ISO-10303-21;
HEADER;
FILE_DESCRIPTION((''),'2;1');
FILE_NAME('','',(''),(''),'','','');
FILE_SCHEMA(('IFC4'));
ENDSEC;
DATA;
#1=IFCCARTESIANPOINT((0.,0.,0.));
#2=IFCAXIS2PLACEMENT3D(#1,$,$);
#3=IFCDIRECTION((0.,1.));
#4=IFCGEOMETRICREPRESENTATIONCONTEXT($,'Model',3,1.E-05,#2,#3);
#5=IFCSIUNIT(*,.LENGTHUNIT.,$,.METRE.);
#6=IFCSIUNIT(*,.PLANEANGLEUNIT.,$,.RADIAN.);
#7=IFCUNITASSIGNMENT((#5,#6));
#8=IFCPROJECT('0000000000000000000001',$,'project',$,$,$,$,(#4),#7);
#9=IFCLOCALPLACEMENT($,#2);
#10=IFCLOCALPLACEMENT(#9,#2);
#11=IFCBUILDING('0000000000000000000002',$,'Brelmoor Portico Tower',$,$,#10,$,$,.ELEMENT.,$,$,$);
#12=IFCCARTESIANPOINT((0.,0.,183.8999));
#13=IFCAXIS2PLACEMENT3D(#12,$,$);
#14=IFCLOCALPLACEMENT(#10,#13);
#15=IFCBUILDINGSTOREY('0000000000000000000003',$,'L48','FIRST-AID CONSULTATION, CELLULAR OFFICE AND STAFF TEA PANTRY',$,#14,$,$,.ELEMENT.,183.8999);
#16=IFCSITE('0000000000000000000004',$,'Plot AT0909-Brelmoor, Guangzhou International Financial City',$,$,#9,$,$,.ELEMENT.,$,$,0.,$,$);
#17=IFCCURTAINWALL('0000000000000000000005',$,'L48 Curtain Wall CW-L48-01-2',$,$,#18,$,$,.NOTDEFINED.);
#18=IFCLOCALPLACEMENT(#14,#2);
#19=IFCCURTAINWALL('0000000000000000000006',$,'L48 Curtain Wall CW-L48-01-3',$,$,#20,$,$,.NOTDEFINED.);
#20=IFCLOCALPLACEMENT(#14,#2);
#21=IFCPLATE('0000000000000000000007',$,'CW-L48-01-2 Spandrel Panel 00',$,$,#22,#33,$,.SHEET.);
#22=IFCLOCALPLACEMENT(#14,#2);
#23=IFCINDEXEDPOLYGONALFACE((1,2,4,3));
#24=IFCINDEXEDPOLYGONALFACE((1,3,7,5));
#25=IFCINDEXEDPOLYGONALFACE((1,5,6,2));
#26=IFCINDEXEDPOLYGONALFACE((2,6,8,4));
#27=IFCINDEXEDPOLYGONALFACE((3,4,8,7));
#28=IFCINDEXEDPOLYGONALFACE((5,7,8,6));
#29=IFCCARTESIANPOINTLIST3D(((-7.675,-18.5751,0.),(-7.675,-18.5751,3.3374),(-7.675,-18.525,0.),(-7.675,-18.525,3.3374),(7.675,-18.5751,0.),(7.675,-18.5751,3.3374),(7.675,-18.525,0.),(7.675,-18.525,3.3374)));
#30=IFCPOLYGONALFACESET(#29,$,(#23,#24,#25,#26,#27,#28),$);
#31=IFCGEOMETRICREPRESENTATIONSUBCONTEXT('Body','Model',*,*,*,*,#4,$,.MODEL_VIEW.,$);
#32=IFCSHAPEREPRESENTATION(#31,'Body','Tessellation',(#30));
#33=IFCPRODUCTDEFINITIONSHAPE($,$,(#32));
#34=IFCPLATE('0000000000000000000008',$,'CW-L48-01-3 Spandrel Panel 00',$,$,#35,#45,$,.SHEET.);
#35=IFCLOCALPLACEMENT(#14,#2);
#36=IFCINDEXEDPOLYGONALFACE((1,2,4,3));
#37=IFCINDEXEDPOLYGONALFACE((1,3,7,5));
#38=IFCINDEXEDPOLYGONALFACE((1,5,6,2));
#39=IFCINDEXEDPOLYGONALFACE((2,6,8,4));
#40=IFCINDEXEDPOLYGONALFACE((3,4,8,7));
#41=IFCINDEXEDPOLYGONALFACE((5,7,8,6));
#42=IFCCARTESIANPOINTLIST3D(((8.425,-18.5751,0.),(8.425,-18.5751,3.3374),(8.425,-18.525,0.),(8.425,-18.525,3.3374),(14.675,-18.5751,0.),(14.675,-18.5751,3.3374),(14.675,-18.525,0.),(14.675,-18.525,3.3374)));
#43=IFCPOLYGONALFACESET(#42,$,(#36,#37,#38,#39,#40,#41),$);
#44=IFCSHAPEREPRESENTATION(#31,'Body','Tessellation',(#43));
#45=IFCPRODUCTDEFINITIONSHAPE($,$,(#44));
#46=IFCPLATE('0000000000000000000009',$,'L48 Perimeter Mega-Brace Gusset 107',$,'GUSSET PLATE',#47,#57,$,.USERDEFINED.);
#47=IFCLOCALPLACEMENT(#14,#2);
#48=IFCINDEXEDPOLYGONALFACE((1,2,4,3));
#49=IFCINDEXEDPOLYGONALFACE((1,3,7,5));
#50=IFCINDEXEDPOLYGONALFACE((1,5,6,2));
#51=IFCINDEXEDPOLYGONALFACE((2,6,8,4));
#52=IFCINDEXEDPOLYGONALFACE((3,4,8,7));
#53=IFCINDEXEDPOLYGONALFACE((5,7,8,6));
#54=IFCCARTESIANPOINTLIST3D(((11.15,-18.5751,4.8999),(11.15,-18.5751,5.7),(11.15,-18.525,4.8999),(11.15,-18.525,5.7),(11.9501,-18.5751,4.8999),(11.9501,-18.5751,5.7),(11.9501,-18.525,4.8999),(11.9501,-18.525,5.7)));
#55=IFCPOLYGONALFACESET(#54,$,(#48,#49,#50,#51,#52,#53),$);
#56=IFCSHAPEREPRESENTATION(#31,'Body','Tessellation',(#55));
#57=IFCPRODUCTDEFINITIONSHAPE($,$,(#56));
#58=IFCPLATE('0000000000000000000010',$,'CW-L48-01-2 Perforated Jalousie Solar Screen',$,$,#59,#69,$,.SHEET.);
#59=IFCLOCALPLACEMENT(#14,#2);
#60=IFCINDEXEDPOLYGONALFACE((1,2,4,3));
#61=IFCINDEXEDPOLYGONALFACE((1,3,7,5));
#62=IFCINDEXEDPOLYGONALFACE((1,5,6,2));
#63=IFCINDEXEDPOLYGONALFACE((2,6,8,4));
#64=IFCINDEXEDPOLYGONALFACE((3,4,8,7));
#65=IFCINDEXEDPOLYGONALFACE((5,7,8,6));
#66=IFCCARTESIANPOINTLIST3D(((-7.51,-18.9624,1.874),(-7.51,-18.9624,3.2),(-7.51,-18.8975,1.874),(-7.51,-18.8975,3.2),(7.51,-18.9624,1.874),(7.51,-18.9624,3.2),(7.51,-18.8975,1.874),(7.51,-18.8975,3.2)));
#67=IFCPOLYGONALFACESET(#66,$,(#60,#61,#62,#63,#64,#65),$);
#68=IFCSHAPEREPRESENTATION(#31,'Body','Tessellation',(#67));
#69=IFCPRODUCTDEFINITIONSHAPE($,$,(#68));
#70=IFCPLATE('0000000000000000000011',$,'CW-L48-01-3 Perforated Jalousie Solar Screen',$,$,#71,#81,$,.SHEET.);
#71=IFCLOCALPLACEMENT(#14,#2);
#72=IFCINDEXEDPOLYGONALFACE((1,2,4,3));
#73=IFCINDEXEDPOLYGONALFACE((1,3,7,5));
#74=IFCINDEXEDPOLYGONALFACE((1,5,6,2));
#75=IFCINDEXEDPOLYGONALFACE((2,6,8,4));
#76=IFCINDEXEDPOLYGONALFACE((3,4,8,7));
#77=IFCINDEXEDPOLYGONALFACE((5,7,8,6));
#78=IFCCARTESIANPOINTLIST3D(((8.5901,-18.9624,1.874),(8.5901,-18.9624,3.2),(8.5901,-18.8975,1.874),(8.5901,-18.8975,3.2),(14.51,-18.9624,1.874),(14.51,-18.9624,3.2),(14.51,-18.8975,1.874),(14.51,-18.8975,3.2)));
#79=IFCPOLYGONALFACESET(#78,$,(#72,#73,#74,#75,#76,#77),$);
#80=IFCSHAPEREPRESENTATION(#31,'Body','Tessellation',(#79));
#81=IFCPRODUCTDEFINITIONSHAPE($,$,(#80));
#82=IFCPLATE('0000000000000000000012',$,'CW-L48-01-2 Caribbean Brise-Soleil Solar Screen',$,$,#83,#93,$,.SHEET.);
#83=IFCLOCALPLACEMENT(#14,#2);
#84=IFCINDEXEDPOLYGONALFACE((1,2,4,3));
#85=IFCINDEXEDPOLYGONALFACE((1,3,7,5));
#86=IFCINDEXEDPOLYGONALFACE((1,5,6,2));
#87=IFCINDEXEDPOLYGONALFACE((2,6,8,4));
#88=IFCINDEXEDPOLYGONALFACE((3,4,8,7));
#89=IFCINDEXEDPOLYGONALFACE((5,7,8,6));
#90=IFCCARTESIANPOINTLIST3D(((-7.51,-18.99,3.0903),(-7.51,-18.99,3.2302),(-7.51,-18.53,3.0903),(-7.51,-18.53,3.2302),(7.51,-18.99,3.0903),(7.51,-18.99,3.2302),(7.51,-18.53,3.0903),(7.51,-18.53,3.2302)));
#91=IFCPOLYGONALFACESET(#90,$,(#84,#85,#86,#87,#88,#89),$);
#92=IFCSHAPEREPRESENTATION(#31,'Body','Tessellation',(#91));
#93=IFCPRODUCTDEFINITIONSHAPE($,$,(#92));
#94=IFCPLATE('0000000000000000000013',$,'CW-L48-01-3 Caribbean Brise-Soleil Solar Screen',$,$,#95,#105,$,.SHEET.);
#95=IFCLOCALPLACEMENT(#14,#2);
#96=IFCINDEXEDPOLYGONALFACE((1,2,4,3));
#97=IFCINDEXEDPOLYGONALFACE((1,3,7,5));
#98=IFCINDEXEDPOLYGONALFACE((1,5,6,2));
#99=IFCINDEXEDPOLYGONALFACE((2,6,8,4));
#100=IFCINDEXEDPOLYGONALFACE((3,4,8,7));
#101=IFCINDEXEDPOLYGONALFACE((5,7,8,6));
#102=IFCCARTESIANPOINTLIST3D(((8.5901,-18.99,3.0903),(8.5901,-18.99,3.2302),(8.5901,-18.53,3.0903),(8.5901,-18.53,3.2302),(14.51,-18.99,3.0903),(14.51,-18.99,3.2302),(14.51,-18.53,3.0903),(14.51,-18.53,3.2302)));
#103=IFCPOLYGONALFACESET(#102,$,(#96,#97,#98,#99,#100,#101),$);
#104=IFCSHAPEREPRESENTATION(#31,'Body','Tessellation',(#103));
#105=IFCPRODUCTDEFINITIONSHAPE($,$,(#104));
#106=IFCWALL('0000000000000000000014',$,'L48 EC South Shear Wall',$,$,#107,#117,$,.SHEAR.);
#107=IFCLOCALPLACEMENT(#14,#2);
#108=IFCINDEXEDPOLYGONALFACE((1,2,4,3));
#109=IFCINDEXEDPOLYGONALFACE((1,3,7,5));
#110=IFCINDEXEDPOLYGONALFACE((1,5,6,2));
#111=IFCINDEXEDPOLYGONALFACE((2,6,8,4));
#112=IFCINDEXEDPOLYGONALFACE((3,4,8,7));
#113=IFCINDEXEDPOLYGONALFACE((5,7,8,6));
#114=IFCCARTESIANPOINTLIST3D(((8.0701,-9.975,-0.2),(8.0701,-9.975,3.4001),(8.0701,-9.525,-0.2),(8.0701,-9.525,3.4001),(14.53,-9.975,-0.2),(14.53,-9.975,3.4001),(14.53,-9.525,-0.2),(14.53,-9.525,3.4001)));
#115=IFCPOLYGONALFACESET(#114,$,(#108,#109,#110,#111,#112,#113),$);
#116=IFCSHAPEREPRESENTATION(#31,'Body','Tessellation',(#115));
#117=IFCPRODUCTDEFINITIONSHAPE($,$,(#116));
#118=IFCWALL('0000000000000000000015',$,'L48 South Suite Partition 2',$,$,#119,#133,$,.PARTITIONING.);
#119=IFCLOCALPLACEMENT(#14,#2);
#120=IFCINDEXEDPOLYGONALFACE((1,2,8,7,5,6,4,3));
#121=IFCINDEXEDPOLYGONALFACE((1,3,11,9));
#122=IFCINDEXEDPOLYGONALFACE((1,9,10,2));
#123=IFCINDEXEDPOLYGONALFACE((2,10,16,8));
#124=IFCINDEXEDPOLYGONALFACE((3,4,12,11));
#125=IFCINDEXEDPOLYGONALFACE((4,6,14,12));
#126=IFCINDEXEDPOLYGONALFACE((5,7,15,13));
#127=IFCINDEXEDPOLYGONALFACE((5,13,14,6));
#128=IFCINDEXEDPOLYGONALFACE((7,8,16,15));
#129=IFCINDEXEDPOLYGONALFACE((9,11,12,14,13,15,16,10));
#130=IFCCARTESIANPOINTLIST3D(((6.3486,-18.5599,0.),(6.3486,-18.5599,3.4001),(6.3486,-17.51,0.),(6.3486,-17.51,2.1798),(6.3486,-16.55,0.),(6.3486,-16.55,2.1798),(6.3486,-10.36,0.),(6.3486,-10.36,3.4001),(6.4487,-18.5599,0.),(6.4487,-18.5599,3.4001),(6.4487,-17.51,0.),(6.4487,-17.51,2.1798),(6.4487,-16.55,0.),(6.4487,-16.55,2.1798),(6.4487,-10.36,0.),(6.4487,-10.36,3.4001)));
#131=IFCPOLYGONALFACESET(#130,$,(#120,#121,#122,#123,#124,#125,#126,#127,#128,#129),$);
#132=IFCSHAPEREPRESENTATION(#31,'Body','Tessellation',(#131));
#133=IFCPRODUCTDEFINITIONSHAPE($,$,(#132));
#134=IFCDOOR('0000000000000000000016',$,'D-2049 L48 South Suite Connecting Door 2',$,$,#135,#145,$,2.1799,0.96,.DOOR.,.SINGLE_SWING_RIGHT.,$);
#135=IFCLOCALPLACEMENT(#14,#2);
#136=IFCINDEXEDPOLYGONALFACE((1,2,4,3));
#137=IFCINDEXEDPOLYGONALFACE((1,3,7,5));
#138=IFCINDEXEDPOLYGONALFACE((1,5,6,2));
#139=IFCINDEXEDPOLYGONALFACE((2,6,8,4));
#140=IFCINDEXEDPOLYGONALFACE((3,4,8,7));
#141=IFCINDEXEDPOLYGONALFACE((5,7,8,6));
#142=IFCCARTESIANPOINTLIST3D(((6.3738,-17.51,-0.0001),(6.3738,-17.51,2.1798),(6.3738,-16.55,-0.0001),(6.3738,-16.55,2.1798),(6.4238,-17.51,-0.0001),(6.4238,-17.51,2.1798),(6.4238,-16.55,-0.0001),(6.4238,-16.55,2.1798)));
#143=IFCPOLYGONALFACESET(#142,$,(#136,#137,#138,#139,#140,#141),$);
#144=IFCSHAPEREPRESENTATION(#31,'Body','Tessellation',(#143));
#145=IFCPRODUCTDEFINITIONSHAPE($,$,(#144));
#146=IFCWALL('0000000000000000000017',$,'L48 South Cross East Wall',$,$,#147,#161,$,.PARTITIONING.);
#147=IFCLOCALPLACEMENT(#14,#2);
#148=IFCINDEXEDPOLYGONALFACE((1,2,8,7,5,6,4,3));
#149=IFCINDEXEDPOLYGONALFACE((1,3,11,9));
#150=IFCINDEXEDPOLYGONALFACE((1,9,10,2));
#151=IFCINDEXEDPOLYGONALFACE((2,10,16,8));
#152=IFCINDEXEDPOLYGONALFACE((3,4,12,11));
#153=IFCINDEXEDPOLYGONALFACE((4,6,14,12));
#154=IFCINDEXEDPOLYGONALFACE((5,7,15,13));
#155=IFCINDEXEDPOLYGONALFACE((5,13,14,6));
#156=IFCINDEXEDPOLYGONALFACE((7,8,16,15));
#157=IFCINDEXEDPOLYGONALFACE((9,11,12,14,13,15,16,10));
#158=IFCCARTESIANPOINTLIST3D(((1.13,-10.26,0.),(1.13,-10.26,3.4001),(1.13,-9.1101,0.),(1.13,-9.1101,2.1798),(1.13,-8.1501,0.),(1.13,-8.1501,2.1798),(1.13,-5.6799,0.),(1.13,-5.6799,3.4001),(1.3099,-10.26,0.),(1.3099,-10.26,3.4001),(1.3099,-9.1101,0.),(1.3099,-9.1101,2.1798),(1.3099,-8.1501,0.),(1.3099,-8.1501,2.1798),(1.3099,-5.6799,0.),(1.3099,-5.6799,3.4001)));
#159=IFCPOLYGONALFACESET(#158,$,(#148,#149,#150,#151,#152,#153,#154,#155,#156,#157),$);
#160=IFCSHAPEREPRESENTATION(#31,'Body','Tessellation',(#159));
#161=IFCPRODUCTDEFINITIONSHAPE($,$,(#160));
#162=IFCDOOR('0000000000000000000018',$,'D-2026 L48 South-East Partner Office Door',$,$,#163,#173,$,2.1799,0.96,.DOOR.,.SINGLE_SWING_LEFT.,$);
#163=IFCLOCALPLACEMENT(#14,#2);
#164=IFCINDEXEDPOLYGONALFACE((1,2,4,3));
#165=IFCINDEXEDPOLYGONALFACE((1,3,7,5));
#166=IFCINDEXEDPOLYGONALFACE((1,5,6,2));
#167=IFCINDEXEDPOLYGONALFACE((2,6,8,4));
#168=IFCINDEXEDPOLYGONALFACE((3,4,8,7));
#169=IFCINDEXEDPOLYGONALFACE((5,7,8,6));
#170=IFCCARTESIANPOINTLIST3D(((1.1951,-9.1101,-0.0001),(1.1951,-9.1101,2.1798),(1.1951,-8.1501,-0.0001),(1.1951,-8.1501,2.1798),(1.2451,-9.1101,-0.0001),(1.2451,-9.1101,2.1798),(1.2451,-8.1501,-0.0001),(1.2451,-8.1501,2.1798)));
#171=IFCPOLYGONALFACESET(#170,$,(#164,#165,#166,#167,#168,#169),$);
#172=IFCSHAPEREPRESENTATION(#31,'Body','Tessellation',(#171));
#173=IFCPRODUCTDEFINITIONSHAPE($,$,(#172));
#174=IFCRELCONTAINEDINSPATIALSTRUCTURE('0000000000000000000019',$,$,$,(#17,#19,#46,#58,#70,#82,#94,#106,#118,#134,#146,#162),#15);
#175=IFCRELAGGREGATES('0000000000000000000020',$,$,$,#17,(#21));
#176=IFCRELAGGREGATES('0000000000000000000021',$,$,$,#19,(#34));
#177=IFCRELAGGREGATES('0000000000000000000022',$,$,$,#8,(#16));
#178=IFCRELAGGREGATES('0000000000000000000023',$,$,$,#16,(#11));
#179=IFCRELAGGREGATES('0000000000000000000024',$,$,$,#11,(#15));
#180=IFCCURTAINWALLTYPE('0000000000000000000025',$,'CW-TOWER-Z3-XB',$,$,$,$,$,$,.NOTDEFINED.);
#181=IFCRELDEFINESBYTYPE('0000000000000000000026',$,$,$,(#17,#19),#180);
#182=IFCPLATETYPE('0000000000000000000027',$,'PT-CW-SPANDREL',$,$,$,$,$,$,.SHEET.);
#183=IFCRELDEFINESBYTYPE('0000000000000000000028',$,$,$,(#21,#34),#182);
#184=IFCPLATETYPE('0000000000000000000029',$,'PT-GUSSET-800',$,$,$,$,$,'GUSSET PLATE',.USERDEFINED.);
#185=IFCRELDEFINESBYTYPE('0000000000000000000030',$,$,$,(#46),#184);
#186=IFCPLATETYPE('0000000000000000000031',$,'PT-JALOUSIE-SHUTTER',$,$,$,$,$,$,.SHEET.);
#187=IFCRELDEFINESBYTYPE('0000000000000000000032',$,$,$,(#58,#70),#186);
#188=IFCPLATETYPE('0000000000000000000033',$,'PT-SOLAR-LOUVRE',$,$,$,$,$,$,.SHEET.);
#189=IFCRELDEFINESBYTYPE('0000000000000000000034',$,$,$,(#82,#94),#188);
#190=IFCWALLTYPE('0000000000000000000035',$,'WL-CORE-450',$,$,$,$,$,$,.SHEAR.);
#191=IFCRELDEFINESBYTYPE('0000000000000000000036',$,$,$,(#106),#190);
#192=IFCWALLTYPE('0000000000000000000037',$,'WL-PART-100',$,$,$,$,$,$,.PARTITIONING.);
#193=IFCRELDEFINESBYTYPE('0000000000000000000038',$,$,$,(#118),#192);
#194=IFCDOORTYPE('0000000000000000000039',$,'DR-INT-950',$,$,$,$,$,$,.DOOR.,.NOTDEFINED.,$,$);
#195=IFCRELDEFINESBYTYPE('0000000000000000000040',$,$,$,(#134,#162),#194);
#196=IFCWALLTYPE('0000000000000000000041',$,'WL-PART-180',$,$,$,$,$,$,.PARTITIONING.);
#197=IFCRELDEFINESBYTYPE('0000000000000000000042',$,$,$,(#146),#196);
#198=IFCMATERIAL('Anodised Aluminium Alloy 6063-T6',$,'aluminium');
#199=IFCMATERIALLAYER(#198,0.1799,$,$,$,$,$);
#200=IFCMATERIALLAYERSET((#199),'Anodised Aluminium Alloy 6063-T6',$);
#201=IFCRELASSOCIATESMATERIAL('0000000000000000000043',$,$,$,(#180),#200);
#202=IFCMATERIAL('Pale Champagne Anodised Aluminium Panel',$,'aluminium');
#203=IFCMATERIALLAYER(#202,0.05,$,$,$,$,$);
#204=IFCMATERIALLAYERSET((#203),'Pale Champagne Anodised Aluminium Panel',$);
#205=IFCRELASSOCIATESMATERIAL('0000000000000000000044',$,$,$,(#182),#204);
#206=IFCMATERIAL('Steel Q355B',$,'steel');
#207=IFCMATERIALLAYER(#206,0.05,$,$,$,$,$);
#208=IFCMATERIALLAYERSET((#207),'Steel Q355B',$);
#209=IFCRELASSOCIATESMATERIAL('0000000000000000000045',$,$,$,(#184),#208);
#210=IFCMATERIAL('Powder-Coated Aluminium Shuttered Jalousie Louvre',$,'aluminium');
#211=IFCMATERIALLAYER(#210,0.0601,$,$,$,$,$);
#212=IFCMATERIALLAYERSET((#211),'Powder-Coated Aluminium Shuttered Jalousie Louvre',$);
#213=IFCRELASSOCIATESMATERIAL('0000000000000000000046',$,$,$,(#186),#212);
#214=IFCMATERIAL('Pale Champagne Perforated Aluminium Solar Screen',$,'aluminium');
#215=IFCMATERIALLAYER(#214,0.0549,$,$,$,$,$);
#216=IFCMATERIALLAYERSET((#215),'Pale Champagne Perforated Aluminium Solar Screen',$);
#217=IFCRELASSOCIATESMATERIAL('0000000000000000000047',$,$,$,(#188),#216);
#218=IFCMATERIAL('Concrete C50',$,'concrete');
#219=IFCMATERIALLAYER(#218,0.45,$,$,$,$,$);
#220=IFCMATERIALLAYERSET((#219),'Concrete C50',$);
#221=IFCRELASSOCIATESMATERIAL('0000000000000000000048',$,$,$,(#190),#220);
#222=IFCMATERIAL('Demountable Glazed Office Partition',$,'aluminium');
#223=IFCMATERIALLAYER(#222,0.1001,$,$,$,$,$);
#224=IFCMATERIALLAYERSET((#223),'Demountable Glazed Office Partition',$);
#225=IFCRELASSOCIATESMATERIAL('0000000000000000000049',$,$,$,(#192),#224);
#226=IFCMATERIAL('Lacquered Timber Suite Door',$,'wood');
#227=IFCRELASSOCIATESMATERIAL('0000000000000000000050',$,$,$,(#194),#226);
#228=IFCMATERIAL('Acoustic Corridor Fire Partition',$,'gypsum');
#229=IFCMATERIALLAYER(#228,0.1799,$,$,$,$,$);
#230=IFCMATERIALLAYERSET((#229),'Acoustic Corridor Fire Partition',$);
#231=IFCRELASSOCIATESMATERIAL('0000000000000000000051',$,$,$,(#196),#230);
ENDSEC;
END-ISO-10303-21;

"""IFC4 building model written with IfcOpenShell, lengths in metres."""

from ifc_helpers import new_model, si_unit, direction, frame, frame_2d, origin, origin_2d, place, context, subcontext, project, spatial, rectangle, extrude, material, layer, layer_set, type_object, element, fill, aggregate, save


model = new_model("IFC4")

# Units and contexts
model_context = context("Model", 3, precision=1e-05, world=origin(), true_north=direction((0.0, 1.0)))
body_context = subcontext(model_context, "Body", "Model", "MODEL_VIEW")
ifc_project = project(units=[si_unit("LENGTHUNIT", "METRE"), si_unit("PLANEANGLEUNIT", "RADIAN")], contexts=[model_context])

# Site, building, storey
site_placement = place(None, origin())
site = spatial("IfcSite", under=ifc_project, at=site_placement, Name="Plot AT0909-Brelmoor, Guangzhou International Financial City", CompositionType="ELEMENT", RefElevation=0.0)
building_placement = place(site_placement, origin())
building = spatial("IfcBuilding", under=site, at=building_placement, Name="Brelmoor Portico Tower", CompositionType="ELEMENT")
storey_placement = place(building_placement, frame((0.0, 0.0, 183.8999)))
storey = spatial("IfcBuildingStorey", under=building, at=storey_placement, Name="L48", Description="FIRST-AID CONSULTATION, CELLULAR OFFICE AND STAFF TEA PANTRY", CompositionType="ELEMENT", Elevation=183.8999)

# Shared definitions
ifc_material_1 = material(Name="Steel Q355B", Category="steel")

# Curtain wall
ifc_material_2 = material(Name="Anodised Aluminium Alloy 6063-T6", Category="aluminium")
ifc_layer_1 = layer(ifc_material_2, 0.1799)
ifc_layer_set_1 = layer_set([ifc_layer_1], Name="Anodised Aluminium Alloy 6063-T6")
curtain_wall_type = type_object("IfcCurtainWallType", Name="CW-TOWER-Z3-XB", PredefinedType="NOTDEFINED", material=ifc_layer_set_1)
curtain_wall_1_placement = place(storey_placement, origin())
curtain_wall_1 = element("IfcCurtainWall", 1, at=curtain_wall_1_placement, inside=storey, type_object=curtain_wall_type, Name="L48 Curtain Wall CW-L48-01-2", PredefinedType="NOTDEFINED")

# Curtain wall
curtain_wall_2_placement = place(storey_placement, origin())
curtain_wall_2 = element("IfcCurtainWall", 2, at=curtain_wall_2_placement, inside=storey, type_object=curtain_wall_type, Name="L48 Curtain Wall CW-L48-01-3", PredefinedType="NOTDEFINED")

# Plates
ifc_material_3 = material(Name="Pale Champagne Anodised Aluminium Panel", Category="aluminium")
ifc_layer_2 = layer(ifc_material_3, 0.05)
ifc_layer_set_2 = layer_set([ifc_layer_2], Name="Pale Champagne Anodised Aluminium Panel")
plate_type_1 = type_object("IfcPlateType", Name="PT-CW-SPANDREL", PredefinedType="SHEET", material=ifc_layer_set_2)
plate_1_placement = place(storey_placement, frame((0.0, -18.55, 0.0), z_axis=(0.0, 0.0, 1.0), x_axis=(1.0, 0.0, 0.0)))
plate_1 = element("IfcPlate", 3, at=plate_1_placement, type_object=plate_type_1, Name="CW-L48-01-2 Spandrel Panel 00", PredefinedType="SHEET", context=body_context, shape_type="SweptSolid", body=[
    extrude(rectangle(XDim=15.3501, YDim=0.05, at=origin_2d()), origin(), (0.0, 0.0, 1.0), 3.3374),
])
aggregate(curtain_wall_1, [plate_1])
plate_2_placement = place(storey_placement, frame((11.55, -18.55, 0.0), z_axis=(0.0, 0.0, 1.0), x_axis=(1.0, 0.0, 0.0)))
plate_2 = element("IfcPlate", 4, at=plate_2_placement, type_object=plate_type_1, Name="CW-L48-01-3 Spandrel Panel 00", PredefinedType="SHEET", context=body_context, shape_type="SweptSolid", body=[
    extrude(rectangle(XDim=6.25, YDim=0.05, at=origin_2d()), origin(), (0.0, 0.0, 1.0), 3.3374),
])
aggregate(curtain_wall_2, [plate_2])

# Plates
ifc_layer_3 = layer(ifc_material_1, 0.05)
ifc_layer_set_3 = layer_set([ifc_layer_3], Name="Steel Q355B")
plate_type_2 = type_object("IfcPlateType", Name="PT-GUSSET-800", ElementType="GUSSET PLATE", PredefinedType="USERDEFINED", material=ifc_layer_set_3)
plate_3_placement = place(storey_placement, frame((11.55, -18.55, 4.8999), z_axis=(0.0, 0.0, 1.0), x_axis=(1.0, 0.0, 0.0)))
element("IfcPlate", 5, at=plate_3_placement, inside=storey, type_object=plate_type_2, Name="L48 Perimeter Mega-Brace Gusset 107", ObjectType="GUSSET PLATE", PredefinedType="USERDEFINED", context=body_context, shape_type="SweptSolid", body=[
    extrude(rectangle(XDim=0.8, YDim=0.05, at=origin_2d()), origin(), (0.0, 0.0, 1.0), 0.8),
])
ifc_material_4 = material(Name="Powder-Coated Aluminium Shuttered Jalousie Louvre", Category="aluminium")
ifc_layer_4 = layer(ifc_material_4, 0.0601)
ifc_layer_set_4 = layer_set([ifc_layer_4], Name="Powder-Coated Aluminium Shuttered Jalousie Louvre")
plate_type_3 = type_object("IfcPlateType", Name="PT-JALOUSIE-SHUTTER", PredefinedType="SHEET", material=ifc_layer_set_4)
plate_4_placement = place(storey_placement, frame((0.0, -18.9299, 1.874), z_axis=(0.0, 0.0, 1.0), x_axis=(1.0, 0.0, 0.0)))
element("IfcPlate", 6, at=plate_4_placement, inside=storey, type_object=plate_type_3, Name="CW-L48-01-2 Perforated Jalousie Solar Screen", PredefinedType="SHEET", context=body_context, shape_type="SweptSolid", body=[
    extrude(rectangle(XDim=15.02, YDim=0.0649, at=origin_2d()), origin(), (0.0, 0.0, 1.0), 1.3259),
])
plate_5_placement = place(storey_placement, frame((11.55, -18.9299, 1.874), z_axis=(0.0, 0.0, 1.0), x_axis=(1.0, 0.0, 0.0)))
element("IfcPlate", 7, at=plate_5_placement, inside=storey, type_object=plate_type_3, Name="CW-L48-01-3 Perforated Jalousie Solar Screen", PredefinedType="SHEET", context=body_context, shape_type="SweptSolid", body=[
    extrude(rectangle(XDim=5.9199, YDim=0.0649, at=origin_2d()), origin(), (0.0, 0.0, 1.0), 1.3259),
])
ifc_material_5 = material(Name="Pale Champagne Perforated Aluminium Solar Screen", Category="aluminium")
ifc_layer_5 = layer(ifc_material_5, 0.0549)
ifc_layer_set_5 = layer_set([ifc_layer_5], Name="Pale Champagne Perforated Aluminium Solar Screen")
plate_type_4 = type_object("IfcPlateType", Name="PT-SOLAR-LOUVRE", PredefinedType="SHEET", material=ifc_layer_set_5)
plate_6_placement = place(storey_placement, frame((0.0, -18.76, 3.0903), z_axis=(0.0, 0.0, 1.0), x_axis=(1.0, 0.0, 0.0)))
element("IfcPlate", 8, at=plate_6_placement, inside=storey, type_object=plate_type_4, Name="CW-L48-01-2 Caribbean Brise-Soleil Solar Screen", PredefinedType="SHEET", context=body_context, shape_type="SweptSolid", body=[
    extrude(rectangle(XDim=15.02, YDim=0.46, at=origin_2d()), origin(), (0.0, 0.0, 1.0), 0.1399),
])
plate_7_placement = place(storey_placement, frame((11.55, -18.76, 3.0903), z_axis=(0.0, 0.0, 1.0), x_axis=(1.0, 0.0, 0.0)))
element("IfcPlate", 9, at=plate_7_placement, inside=storey, type_object=plate_type_4, Name="CW-L48-01-3 Caribbean Brise-Soleil Solar Screen", PredefinedType="SHEET", context=body_context, shape_type="SweptSolid", body=[
    extrude(rectangle(XDim=5.9199, YDim=0.46, at=origin_2d()), origin(), (0.0, 0.0, 1.0), 0.1399),
])

# Wall
ifc_material_6 = material(Name="Concrete C50", Category="concrete")
ifc_layer_6 = layer(ifc_material_6, 0.45)
ifc_layer_set_6 = layer_set([ifc_layer_6], Name="Concrete C50")
wall_type_1 = type_object("IfcWallType", Name="WL-CORE-450", PredefinedType="SHEAR", material=ifc_layer_set_6)
wall_1_placement = place(storey_placement, frame((8.0701, -9.75, -0.2), z_axis=(0.0, 0.0, 1.0), x_axis=(1.0, 0.0, 0.0)))
element("IfcWall", 10, at=wall_1_placement, inside=storey, type_object=wall_type_1, Name="L48 EC South Shear Wall", PredefinedType="SHEAR", context=body_context, shape_type="SweptSolid", body=[
    extrude(rectangle(XDim=6.46, YDim=0.45, at=frame_2d((3.23, 0.0))), origin(), (0.0, 0.0, 1.0), 3.6001),
])

# Walls, openings, doors
ifc_material_7 = material(Name="Demountable Glazed Office Partition", Category="aluminium")
ifc_layer_7 = layer(ifc_material_7, 0.1001)
ifc_layer_set_7 = layer_set([ifc_layer_7], Name="Demountable Glazed Office Partition")
wall_type_2 = type_object("IfcWallType", Name="WL-PART-100", PredefinedType="PARTITIONING", material=ifc_layer_set_7)
wall_2_placement = place(storey_placement, frame((6.3987, -18.5601, 0.0), z_axis=(0.0, 0.0, 1.0), x_axis=(0.0, 1.0, 0.0)))
wall_2 = element("IfcWall", 11, at=wall_2_placement, inside=storey, type_object=wall_type_2, Name="L48 South Suite Partition 2", PredefinedType="PARTITIONING", context=body_context, shape_type="SweptSolid", body=[
    extrude(rectangle(XDim=8.2, YDim=0.1001, at=frame_2d((4.1001, 0.0))), origin(), (0.0, 0.0, 1.0), 3.4001),
])
opening_1_placement = place(wall_2_placement, frame((1.05, 0.0, 0.0)))
opening_1 = element("IfcOpeningElement", 12, at=opening_1_placement, cuts=wall_2, PredefinedType="OPENING", context=body_context, shape_type="SweptSolid", body=[
    extrude(rectangle(XDim=0.96, YDim=2.1799, at=frame_2d((0.48, 1.0898))), frame((0.0, 0.0601, 0.0), z_axis=(0.0, -1.0, 0.0), x_axis=(1.0, 0.0, 0.0)), (0.0, 0.0, 1.0), 0.1201),
])
ifc_material_8 = material(Name="Lacquered Timber Suite Door", Category="wood")
door_type = type_object("IfcDoorType", Name="DR-INT-950", OperationType="NOTDEFINED", PredefinedType="DOOR", material=ifc_material_8)
door_1_placement = place(opening_1_placement, origin())
door_1 = element("IfcDoor", 13, at=door_1_placement, inside=storey, type_object=door_type, Name="D-2049 L48 South Suite Connecting Door 2", OperationType="SINGLE_SWING_RIGHT", OverallHeight=2.1799, OverallWidth=0.96, PredefinedType="DOOR", context=body_context, shape_type="SweptSolid", body=[
    extrude(rectangle(XDim=0.96, YDim=2.1799, at=frame_2d((0.48, 1.0898))), frame((0.0, 0.0249, 0.0), z_axis=(0.0, -1.0, 0.0), x_axis=(1.0, 0.0, 0.0)), (0.0, 0.0, 1.0), 0.05),
])
fill(opening_1, door_1)
ifc_material_9 = material(Name="Acoustic Corridor Fire Partition", Category="gypsum")
ifc_layer_8 = layer(ifc_material_9, 0.1799)
ifc_layer_set_8 = layer_set([ifc_layer_8], Name="Acoustic Corridor Fire Partition")
wall_type_3 = type_object("IfcWallType", Name="WL-PART-180", PredefinedType="PARTITIONING", material=ifc_layer_set_8)
wall_3_placement = place(storey_placement, frame((1.22, -10.26, 0.0), z_axis=(0.0, 0.0, 1.0), x_axis=(0.0, 1.0, 0.0)))
wall_3 = element("IfcWall", 14, at=wall_3_placement, inside=storey, type_object=wall_type_3, Name="L48 South Cross East Wall", PredefinedType="PARTITIONING", context=body_context, shape_type="SweptSolid", body=[
    extrude(rectangle(XDim=4.5801, YDim=0.1799, at=frame_2d((2.29, 0.0))), origin(), (0.0, 0.0, 1.0), 3.4001),
])
opening_2_placement = place(wall_3_placement, frame((1.1499, 0.0, 0.0)))
opening_2 = element("IfcOpeningElement", 15, at=opening_2_placement, cuts=wall_3, PredefinedType="OPENING", context=body_context, shape_type="SweptSolid", body=[
    extrude(rectangle(XDim=0.96, YDim=2.1799, at=frame_2d((0.48, 1.0898))), frame((0.0, 0.0999, 0.0), z_axis=(0.0, -1.0, 0.0), x_axis=(1.0, 0.0, 0.0)), (0.0, 0.0, 1.0), 0.2),
])
door_2_placement = place(opening_2_placement, origin())
door_2 = element("IfcDoor", 16, at=door_2_placement, inside=storey, type_object=door_type, Name="D-2026 L48 South-East Partner Office Door", OperationType="SINGLE_SWING_LEFT", OverallHeight=2.1799, OverallWidth=0.96, PredefinedType="DOOR", context=body_context, shape_type="SweptSolid", body=[
    extrude(rectangle(XDim=0.96, YDim=2.1799, at=frame_2d((0.48, 1.0898))), frame((0.0, 0.0249, 0.0), z_axis=(0.0, -1.0, 0.0), x_axis=(1.0, 0.0, 0.0)), (0.0, 0.0, 1.0), 0.05),
])
fill(opening_2, door_2)

save(model, "model.ifc")
